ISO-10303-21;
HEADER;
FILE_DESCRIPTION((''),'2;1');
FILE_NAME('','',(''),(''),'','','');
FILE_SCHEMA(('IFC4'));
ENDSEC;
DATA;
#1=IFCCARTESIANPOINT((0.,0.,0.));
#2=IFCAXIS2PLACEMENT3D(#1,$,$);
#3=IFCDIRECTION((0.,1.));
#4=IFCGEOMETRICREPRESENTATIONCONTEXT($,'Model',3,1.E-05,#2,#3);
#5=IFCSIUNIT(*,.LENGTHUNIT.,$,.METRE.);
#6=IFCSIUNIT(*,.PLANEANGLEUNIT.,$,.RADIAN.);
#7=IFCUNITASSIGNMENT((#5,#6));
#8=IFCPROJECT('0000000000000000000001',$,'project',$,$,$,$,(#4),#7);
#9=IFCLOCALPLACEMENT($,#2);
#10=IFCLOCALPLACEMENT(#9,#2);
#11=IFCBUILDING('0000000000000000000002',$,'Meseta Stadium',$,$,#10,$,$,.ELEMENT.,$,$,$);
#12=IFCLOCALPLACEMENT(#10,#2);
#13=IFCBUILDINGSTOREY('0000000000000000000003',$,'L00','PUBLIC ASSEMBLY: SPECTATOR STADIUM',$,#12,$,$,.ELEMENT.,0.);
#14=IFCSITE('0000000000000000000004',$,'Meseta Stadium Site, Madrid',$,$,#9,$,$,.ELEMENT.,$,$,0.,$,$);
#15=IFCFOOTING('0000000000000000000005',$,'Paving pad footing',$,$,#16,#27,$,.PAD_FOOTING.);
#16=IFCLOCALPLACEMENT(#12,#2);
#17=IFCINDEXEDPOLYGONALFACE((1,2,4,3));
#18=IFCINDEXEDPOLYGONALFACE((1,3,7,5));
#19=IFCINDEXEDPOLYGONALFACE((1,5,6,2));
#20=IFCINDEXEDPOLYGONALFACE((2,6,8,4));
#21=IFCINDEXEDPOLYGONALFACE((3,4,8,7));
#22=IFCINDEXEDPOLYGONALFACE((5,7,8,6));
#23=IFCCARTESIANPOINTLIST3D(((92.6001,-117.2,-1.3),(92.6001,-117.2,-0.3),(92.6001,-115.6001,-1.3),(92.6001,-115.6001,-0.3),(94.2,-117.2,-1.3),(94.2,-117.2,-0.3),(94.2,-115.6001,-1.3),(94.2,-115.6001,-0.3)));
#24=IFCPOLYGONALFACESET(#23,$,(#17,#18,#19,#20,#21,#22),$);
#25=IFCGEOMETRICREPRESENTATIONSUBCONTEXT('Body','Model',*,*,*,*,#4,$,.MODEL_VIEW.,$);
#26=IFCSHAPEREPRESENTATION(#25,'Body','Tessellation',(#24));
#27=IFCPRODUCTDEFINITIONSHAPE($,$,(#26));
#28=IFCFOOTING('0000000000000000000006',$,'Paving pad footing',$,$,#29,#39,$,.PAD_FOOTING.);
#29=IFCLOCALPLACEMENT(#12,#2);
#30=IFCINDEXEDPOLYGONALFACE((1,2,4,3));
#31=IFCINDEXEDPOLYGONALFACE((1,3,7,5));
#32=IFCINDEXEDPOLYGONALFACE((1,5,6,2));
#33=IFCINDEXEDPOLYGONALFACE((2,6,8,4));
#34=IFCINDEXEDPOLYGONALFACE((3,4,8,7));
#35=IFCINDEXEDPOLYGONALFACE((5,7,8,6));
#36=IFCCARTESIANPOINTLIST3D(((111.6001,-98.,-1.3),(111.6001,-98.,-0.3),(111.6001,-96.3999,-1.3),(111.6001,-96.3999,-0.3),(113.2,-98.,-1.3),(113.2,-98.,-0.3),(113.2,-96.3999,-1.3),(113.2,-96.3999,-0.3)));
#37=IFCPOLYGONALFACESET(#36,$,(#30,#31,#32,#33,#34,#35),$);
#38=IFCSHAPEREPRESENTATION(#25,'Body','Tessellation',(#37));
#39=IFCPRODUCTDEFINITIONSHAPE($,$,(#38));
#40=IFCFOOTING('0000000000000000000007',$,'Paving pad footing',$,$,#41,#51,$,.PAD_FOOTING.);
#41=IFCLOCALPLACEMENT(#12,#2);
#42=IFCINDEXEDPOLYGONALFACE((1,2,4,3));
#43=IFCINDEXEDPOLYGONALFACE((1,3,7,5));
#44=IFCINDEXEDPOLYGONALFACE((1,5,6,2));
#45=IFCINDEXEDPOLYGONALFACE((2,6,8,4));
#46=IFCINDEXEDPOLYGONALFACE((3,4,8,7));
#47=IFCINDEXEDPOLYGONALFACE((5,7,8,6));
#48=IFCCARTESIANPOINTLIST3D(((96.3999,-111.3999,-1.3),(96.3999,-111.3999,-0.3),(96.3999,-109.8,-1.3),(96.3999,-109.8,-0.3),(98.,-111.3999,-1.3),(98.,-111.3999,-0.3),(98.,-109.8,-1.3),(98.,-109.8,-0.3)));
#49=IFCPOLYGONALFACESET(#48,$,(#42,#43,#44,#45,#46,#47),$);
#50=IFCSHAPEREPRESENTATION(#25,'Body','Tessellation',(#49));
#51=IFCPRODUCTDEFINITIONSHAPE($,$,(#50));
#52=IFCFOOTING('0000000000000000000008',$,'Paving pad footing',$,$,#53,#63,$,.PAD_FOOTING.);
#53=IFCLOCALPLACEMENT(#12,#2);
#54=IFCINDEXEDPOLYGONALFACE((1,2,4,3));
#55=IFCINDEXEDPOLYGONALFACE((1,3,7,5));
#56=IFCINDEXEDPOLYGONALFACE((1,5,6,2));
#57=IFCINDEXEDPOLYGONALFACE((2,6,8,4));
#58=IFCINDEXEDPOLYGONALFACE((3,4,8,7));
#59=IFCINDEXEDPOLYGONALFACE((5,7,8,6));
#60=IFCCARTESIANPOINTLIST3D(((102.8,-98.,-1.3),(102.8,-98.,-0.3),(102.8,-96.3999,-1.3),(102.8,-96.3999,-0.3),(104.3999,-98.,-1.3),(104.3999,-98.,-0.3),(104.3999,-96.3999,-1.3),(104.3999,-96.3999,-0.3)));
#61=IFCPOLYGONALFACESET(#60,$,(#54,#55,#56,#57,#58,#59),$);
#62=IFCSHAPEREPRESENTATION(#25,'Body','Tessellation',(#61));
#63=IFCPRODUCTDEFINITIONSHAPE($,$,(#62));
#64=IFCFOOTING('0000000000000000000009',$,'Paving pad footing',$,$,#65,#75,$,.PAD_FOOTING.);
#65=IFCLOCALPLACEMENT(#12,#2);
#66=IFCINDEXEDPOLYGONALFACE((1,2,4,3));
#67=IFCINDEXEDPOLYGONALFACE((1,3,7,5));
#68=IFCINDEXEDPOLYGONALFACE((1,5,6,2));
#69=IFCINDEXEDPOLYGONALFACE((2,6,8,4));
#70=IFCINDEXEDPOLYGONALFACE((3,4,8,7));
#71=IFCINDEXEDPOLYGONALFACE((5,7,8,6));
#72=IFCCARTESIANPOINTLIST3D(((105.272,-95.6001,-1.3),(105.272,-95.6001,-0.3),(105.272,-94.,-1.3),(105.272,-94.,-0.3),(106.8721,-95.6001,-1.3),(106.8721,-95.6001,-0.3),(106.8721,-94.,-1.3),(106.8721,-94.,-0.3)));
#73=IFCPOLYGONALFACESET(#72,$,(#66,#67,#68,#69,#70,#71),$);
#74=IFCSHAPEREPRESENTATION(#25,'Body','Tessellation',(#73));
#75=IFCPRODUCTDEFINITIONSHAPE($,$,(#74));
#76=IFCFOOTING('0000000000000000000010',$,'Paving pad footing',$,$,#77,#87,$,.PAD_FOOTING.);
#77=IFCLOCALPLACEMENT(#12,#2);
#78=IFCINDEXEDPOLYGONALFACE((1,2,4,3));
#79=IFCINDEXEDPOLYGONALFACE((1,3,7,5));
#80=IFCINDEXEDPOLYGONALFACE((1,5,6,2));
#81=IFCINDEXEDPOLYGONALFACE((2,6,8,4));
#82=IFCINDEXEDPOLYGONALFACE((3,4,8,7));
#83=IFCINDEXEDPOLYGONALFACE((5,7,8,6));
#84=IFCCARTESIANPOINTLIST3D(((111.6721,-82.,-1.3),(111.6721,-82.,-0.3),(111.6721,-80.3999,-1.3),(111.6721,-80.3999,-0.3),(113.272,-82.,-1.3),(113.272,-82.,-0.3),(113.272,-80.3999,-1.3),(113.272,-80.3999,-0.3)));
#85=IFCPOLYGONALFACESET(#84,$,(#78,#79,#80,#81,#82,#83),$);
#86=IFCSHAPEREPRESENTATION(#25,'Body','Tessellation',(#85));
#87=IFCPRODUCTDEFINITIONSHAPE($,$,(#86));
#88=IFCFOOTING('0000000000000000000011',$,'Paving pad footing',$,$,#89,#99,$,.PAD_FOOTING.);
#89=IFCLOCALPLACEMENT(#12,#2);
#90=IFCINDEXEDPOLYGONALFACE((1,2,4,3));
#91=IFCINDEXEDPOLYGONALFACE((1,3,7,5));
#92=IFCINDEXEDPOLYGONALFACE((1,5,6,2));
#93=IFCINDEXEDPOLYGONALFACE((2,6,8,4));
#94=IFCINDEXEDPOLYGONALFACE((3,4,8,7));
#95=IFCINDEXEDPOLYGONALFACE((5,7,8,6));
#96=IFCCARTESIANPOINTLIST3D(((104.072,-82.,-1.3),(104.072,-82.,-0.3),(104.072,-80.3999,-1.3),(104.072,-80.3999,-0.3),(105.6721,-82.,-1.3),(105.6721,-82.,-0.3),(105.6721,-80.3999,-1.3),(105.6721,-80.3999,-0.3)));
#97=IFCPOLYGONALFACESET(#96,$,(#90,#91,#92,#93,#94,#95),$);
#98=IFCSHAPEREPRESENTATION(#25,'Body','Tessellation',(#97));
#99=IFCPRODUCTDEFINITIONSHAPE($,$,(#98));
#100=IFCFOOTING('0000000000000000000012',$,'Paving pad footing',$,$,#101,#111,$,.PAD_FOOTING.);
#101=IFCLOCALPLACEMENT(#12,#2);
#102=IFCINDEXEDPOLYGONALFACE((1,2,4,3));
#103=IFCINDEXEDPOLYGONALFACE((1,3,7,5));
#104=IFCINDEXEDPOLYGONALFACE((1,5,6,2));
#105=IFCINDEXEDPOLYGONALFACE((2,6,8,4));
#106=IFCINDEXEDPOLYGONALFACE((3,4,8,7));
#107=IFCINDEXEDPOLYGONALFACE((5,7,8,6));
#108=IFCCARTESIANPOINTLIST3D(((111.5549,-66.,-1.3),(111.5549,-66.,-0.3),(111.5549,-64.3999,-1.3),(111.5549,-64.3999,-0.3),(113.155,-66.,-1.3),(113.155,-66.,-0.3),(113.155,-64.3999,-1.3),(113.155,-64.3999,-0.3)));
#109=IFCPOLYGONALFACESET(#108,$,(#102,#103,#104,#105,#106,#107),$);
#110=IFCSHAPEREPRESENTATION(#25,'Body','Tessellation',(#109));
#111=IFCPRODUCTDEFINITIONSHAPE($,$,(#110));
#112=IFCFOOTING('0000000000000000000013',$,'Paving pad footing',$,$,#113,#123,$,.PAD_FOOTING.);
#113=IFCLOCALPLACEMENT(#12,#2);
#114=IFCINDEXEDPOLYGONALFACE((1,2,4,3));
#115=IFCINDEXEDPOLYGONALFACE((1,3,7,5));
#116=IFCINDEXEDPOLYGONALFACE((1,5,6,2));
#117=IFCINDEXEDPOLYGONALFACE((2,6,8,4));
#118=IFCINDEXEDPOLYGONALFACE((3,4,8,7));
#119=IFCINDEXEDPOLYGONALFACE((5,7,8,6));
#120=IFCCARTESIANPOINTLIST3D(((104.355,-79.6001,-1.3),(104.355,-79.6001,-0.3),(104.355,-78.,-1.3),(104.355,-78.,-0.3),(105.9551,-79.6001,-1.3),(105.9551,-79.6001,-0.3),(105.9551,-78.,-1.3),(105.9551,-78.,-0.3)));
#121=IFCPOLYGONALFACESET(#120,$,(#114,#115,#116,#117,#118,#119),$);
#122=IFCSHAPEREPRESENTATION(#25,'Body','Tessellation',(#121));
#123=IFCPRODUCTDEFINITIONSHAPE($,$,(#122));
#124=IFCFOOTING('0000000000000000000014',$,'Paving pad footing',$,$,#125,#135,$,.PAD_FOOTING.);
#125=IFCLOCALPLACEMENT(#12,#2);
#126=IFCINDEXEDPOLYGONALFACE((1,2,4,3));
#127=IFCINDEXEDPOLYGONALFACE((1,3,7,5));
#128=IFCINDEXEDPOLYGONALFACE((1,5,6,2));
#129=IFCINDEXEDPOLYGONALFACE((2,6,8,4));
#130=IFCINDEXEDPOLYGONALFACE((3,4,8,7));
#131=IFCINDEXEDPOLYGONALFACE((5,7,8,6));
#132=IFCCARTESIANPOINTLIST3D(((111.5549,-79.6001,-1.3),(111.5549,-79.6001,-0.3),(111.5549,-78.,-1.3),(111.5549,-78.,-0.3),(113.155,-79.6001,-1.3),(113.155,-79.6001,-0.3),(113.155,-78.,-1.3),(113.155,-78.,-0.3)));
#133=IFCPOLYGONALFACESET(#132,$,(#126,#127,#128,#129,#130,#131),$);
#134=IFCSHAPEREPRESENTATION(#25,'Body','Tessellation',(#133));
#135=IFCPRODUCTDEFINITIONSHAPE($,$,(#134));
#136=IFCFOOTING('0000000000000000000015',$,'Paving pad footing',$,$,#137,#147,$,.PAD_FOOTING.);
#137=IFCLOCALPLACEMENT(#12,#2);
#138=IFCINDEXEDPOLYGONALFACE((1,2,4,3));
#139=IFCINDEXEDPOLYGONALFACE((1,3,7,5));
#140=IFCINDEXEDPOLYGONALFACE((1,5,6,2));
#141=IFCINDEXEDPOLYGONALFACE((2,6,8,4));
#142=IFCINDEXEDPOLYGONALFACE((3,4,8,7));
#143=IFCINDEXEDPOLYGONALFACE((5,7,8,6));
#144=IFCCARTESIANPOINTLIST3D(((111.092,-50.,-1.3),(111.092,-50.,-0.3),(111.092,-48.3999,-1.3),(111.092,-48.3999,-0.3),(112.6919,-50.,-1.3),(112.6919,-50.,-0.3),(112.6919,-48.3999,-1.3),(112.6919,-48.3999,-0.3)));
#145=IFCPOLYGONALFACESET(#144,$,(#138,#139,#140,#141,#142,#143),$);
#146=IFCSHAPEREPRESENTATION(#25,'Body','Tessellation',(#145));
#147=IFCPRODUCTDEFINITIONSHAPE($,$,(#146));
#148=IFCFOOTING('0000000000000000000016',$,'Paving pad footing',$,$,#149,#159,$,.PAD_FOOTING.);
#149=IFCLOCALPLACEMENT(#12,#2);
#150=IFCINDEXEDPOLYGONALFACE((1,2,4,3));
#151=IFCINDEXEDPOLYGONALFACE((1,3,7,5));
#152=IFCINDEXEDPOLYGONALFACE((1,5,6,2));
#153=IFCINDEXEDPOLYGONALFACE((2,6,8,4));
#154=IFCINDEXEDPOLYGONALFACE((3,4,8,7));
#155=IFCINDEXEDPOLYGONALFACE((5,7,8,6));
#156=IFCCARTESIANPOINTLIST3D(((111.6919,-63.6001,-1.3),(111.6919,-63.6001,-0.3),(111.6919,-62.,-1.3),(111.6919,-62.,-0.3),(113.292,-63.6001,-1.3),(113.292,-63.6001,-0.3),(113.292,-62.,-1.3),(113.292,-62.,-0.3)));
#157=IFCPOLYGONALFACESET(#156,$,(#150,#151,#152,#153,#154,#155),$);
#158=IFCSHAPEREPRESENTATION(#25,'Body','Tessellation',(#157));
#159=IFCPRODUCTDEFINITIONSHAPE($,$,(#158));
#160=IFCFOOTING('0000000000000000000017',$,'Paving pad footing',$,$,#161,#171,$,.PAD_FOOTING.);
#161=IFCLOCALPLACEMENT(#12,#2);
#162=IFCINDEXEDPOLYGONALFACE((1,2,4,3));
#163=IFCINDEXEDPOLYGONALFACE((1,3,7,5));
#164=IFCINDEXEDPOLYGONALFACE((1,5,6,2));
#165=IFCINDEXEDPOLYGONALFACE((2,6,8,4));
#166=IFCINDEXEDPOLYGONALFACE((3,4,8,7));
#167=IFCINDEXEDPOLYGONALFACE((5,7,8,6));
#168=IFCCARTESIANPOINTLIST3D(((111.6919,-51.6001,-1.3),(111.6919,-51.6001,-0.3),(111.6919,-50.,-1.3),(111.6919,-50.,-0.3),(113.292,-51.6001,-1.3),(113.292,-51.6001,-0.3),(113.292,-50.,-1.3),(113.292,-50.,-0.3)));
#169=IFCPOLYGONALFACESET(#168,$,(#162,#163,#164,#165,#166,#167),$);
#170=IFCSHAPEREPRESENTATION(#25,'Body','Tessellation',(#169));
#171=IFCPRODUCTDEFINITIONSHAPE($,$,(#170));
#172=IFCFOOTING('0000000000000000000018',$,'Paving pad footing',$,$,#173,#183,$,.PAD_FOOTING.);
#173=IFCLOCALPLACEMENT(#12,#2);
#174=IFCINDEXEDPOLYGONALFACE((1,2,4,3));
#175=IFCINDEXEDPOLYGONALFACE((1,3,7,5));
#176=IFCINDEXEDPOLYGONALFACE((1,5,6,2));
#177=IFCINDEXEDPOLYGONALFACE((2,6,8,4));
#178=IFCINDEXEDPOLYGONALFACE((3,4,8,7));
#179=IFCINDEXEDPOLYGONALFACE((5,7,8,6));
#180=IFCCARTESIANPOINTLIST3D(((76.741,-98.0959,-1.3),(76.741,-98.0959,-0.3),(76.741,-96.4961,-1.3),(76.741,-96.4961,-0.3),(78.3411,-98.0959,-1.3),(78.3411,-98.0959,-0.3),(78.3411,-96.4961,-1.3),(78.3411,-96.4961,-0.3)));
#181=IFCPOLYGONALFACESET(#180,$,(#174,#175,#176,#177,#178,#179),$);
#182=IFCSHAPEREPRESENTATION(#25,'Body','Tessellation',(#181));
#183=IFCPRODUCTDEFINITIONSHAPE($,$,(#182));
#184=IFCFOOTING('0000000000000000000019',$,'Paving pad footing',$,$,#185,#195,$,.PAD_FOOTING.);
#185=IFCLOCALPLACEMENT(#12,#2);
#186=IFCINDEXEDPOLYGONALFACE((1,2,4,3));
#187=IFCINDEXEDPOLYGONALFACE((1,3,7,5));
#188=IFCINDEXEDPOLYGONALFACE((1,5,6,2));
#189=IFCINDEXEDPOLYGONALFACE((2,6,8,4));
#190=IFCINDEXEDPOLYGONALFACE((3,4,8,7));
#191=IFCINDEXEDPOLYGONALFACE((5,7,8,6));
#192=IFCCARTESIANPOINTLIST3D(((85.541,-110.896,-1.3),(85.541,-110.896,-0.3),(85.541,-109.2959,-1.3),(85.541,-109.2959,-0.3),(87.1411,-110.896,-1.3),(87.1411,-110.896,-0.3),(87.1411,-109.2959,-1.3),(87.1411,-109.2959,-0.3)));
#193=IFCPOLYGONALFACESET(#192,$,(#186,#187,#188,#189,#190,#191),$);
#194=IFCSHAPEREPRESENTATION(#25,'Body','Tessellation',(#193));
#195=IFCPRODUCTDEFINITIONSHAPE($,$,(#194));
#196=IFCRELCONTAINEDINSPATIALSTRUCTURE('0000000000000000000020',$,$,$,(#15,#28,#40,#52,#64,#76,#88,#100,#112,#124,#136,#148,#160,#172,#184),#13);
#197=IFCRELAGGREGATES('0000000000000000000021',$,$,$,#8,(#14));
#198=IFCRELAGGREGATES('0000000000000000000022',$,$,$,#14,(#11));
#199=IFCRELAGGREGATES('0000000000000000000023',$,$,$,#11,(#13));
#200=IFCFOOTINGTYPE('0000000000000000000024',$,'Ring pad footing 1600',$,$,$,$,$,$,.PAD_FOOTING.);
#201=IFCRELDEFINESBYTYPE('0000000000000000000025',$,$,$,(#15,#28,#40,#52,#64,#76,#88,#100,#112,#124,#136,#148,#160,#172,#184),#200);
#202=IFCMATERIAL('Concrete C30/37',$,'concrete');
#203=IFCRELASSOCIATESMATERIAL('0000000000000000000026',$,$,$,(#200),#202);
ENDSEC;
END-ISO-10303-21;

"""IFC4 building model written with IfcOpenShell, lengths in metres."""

from ifc_helpers import new_model, si_unit, direction, frame, origin, place, context, subcontext, project, spatial, polyline, outline, extrude, material, type_object, element, save


model = new_model("IFC4")

# Units and contexts
model_context = context("Model", 3, precision=1e-05, world=origin(), true_north=direction((0.0, 1.0)))
body_context = subcontext(model_context, "Body", "Model", "MODEL_VIEW")
ifc_project = project(units=[si_unit("LENGTHUNIT", "METRE"), si_unit("PLANEANGLEUNIT", "RADIAN")], contexts=[model_context])

# Site, building, storey
site_placement = place(None, origin())
site = spatial("IfcSite", under=ifc_project, at=site_placement, Name="Meseta Stadium Site, Madrid", CompositionType="ELEMENT", RefElevation=0.0)
building_placement = place(site_placement, origin())
building = spatial("IfcBuilding", under=site, at=building_placement, Name="Meseta Stadium", CompositionType="ELEMENT")
storey_placement = place(building_placement, origin())
storey = spatial("IfcBuildingStorey", under=building, at=storey_placement, Name="L00", Description="PUBLIC ASSEMBLY: SPECTATOR STADIUM", CompositionType="ELEMENT", Elevation=0.0)

# Footings
ifc_material_1 = material(Name="Concrete C30/37", Category="concrete")
footing_type_1 = type_object("IfcFootingType", Name="Ring pad footing 1600", PredefinedType="PAD_FOOTING", material=ifc_material_1)
footing_1_placement = place(storey_placement, frame((0.0, 0.0, -1.3)))
element("IfcFooting", 1, at=footing_1_placement, inside=storey, type_object=footing_type_1, Name="Paving pad footing", PredefinedType="PAD_FOOTING", context=body_context, shape_type="SweptSolid", body=[
    extrude(outline(polyline([(94.2, -117.2), (94.2, -115.6001), (92.6001, -115.6001), (92.6001, -117.2), (94.2, -117.2)])), origin(), (0.0, 0.0, 1.0), 1.0),
])
footing_2_placement = place(storey_placement, frame((0.0, 0.0, -1.3)))
element("IfcFooting", 2, at=footing_2_placement, inside=storey, type_object=footing_type_1, Name="Paving pad footing", PredefinedType="PAD_FOOTING", context=body_context, shape_type="SweptSolid", body=[
    extrude(outline(polyline([(113.2, -98.0), (113.2, -96.3999), (111.6001, -96.3999), (111.6001, -98.0), (113.2, -98.0)])), origin(), (0.0, 0.0, 1.0), 1.0),
])
footing_3_placement = place(storey_placement, frame((0.0, 0.0, -1.3)))
element("IfcFooting", 3, at=footing_3_placement, inside=storey, type_object=footing_type_1, Name="Paving pad footing", PredefinedType="PAD_FOOTING", context=body_context, shape_type="SweptSolid", body=[
    extrude(outline(polyline([(98.0, -111.3999), (98.0, -109.8), (96.3999, -109.8), (96.3999, -111.3999), (98.0, -111.3999)])), origin(), (0.0, 0.0, 1.0), 1.0),
])
footing_4_placement = place(storey_placement, frame((0.0, 0.0, -1.3)))
element("IfcFooting", 4, at=footing_4_placement, inside=storey, type_object=footing_type_1, Name="Paving pad footing", PredefinedType="PAD_FOOTING", context=body_context, shape_type="SweptSolid", body=[
    extrude(outline(polyline([(104.3999, -98.0), (104.3999, -96.3999), (102.8, -96.3999), (102.8, -98.0), (104.3999, -98.0)])), origin(), (0.0, 0.0, 1.0), 1.0),
])
footing_5_placement = place(storey_placement, frame((0.0, 0.0, -1.3)))
element("IfcFooting", 5, at=footing_5_placement, inside=storey, type_object=footing_type_1, Name="Paving pad footing", PredefinedType="PAD_FOOTING", context=body_context, shape_type="SweptSolid", body=[
    extrude(outline(polyline([(106.8721, -95.6001), (106.8721, -94.0), (105.272, -94.0), (105.272, -95.6001), (106.8721, -95.6001)])), origin(), (0.0, 0.0, 1.0), 1.0),
])
footing_6_placement = place(storey_placement, frame((0.0, 0.0, -1.3)))
element("IfcFooting", 6, at=footing_6_placement, inside=storey, type_object=footing_type_1, Name="Paving pad footing", PredefinedType="PAD_FOOTING", context=body_context, shape_type="SweptSolid", body=[
    extrude(outline(polyline([(113.272, -82.0), (113.272, -80.3999), (111.6721, -80.3999), (111.6721, -82.0), (113.272, -82.0)])), origin(), (0.0, 0.0, 1.0), 1.0),
])
footing_7_placement = place(storey_placement, frame((0.0, 0.0, -1.3)))
element("IfcFooting", 7, at=footing_7_placement, inside=storey, type_object=footing_type_1, Name="Paving pad footing", PredefinedType="PAD_FOOTING", context=body_context, shape_type="SweptSolid", body=[
    extrude(outline(polyline([(105.6721, -82.0), (105.6721, -80.3999), (104.072, -80.3999), (104.072, -82.0), (105.6721, -82.0)])), origin(), (0.0, 0.0, 1.0), 1.0),
])
footing_8_placement = place(storey_placement, frame((0.0, 0.0, -1.3)))
element("IfcFooting", 8, at=footing_8_placement, inside=storey, type_object=footing_type_1, Name="Paving pad footing", PredefinedType="PAD_FOOTING", context=body_context, shape_type="SweptSolid", body=[
    extrude(outline(polyline([(113.155, -66.0), (113.155, -64.3999), (111.5549, -64.3999), (111.5549, -66.0), (113.155, -66.0)])), origin(), (0.0, 0.0, 1.0), 1.0),
])
footing_9_placement = place(storey_placement, frame((0.0, 0.0, -1.3)))
element("IfcFooting", 9, at=footing_9_placement, inside=storey, type_object=footing_type_1, Name="Paving pad footing", PredefinedType="PAD_FOOTING", context=body_context, shape_type="SweptSolid", body=[
    extrude(outline(polyline([(105.9551, -79.6001), (105.9551, -78.0), (104.355, -78.0), (104.355, -79.6001), (105.9551, -79.6001)])), origin(), (0.0, 0.0, 1.0), 1.0),
])
footing_10_placement = place(storey_placement, frame((0.0, 0.0, -1.3)))
element("IfcFooting", 10, at=footing_10_placement, inside=storey, type_object=footing_type_1, Name="Paving pad footing", PredefinedType="PAD_FOOTING", context=body_context, shape_type="SweptSolid", body=[
    extrude(outline(polyline([(113.155, -79.6001), (113.155, -78.0), (111.5549, -78.0), (111.5549, -79.6001), (113.155, -79.6001)])), origin(), (0.0, 0.0, 1.0), 1.0),
])
footing_11_placement = place(storey_placement, frame((0.0, 0.0, -1.3)))
element("IfcFooting", 11, at=footing_11_placement, inside=storey, type_object=footing_type_1, Name="Paving pad footing", PredefinedType="PAD_FOOTING", context=body_context, shape_type="SweptSolid", body=[
    extrude(outline(polyline([(112.6919, -50.0), (112.6919, -48.3999), (111.092, -48.3999), (111.092, -50.0), (112.6919, -50.0)])), origin(), (0.0, 0.0, 1.0), 1.0),
])
footing_12_placement = place(storey_placement, frame((0.0, 0.0, -1.3)))
element("IfcFooting", 12, at=footing_12_placement, inside=storey, type_object=footing_type_1, Name="Paving pad footing", PredefinedType="PAD_FOOTING", context=body_context, shape_type="SweptSolid", body=[
    extrude(outline(polyline([(113.292, -63.6001), (113.292, -62.0), (111.6919, -62.0), (111.6919, -63.6001), (113.292, -63.6001)])), origin(), (0.0, 0.0, 1.0), 1.0),
])
footing_13_placement = place(storey_placement, frame((0.0, 0.0, -1.3)))
element("IfcFooting", 13, at=footing_13_placement, inside=storey, type_object=footing_type_1, Name="Paving pad footing", PredefinedType="PAD_FOOTING", context=body_context, shape_type="SweptSolid", body=[
    extrude(outline(polyline([(113.292, -51.6001), (113.292, -50.0), (111.6919, -50.0), (111.6919, -51.6001), (113.292, -51.6001)])), origin(), (0.0, 0.0, 1.0), 1.0),
])
footing_14_placement = place(storey_placement, frame((0.0, 0.0, -1.3)))
element("IfcFooting", 14, at=footing_14_placement, inside=storey, type_object=footing_type_1, Name="Paving pad footing", PredefinedType="PAD_FOOTING", context=body_context, shape_type="SweptSolid", body=[
    extrude(outline(polyline([(78.3411, -98.0959), (78.3411, -96.4961), (76.741, -96.4961), (76.741, -98.0959), (78.3411, -98.0959)])), origin(), (0.0, 0.0, 1.0), 1.0),
])
footing_15_placement = place(storey_placement, frame((0.0, 0.0, -1.3)))
element("IfcFooting", 15, at=footing_15_placement, inside=storey, type_object=footing_type_1, Name="Paving pad footing", PredefinedType="PAD_FOOTING", context=body_context, shape_type="SweptSolid", body=[
    extrude(outline(polyline([(87.1411, -110.896), (87.1411, -109.2959), (85.541, -109.2959), (85.541, -110.896), (87.1411, -110.896)])), origin(), (0.0, 0.0, 1.0), 1.0),
])

save(model, "model.ifc")
